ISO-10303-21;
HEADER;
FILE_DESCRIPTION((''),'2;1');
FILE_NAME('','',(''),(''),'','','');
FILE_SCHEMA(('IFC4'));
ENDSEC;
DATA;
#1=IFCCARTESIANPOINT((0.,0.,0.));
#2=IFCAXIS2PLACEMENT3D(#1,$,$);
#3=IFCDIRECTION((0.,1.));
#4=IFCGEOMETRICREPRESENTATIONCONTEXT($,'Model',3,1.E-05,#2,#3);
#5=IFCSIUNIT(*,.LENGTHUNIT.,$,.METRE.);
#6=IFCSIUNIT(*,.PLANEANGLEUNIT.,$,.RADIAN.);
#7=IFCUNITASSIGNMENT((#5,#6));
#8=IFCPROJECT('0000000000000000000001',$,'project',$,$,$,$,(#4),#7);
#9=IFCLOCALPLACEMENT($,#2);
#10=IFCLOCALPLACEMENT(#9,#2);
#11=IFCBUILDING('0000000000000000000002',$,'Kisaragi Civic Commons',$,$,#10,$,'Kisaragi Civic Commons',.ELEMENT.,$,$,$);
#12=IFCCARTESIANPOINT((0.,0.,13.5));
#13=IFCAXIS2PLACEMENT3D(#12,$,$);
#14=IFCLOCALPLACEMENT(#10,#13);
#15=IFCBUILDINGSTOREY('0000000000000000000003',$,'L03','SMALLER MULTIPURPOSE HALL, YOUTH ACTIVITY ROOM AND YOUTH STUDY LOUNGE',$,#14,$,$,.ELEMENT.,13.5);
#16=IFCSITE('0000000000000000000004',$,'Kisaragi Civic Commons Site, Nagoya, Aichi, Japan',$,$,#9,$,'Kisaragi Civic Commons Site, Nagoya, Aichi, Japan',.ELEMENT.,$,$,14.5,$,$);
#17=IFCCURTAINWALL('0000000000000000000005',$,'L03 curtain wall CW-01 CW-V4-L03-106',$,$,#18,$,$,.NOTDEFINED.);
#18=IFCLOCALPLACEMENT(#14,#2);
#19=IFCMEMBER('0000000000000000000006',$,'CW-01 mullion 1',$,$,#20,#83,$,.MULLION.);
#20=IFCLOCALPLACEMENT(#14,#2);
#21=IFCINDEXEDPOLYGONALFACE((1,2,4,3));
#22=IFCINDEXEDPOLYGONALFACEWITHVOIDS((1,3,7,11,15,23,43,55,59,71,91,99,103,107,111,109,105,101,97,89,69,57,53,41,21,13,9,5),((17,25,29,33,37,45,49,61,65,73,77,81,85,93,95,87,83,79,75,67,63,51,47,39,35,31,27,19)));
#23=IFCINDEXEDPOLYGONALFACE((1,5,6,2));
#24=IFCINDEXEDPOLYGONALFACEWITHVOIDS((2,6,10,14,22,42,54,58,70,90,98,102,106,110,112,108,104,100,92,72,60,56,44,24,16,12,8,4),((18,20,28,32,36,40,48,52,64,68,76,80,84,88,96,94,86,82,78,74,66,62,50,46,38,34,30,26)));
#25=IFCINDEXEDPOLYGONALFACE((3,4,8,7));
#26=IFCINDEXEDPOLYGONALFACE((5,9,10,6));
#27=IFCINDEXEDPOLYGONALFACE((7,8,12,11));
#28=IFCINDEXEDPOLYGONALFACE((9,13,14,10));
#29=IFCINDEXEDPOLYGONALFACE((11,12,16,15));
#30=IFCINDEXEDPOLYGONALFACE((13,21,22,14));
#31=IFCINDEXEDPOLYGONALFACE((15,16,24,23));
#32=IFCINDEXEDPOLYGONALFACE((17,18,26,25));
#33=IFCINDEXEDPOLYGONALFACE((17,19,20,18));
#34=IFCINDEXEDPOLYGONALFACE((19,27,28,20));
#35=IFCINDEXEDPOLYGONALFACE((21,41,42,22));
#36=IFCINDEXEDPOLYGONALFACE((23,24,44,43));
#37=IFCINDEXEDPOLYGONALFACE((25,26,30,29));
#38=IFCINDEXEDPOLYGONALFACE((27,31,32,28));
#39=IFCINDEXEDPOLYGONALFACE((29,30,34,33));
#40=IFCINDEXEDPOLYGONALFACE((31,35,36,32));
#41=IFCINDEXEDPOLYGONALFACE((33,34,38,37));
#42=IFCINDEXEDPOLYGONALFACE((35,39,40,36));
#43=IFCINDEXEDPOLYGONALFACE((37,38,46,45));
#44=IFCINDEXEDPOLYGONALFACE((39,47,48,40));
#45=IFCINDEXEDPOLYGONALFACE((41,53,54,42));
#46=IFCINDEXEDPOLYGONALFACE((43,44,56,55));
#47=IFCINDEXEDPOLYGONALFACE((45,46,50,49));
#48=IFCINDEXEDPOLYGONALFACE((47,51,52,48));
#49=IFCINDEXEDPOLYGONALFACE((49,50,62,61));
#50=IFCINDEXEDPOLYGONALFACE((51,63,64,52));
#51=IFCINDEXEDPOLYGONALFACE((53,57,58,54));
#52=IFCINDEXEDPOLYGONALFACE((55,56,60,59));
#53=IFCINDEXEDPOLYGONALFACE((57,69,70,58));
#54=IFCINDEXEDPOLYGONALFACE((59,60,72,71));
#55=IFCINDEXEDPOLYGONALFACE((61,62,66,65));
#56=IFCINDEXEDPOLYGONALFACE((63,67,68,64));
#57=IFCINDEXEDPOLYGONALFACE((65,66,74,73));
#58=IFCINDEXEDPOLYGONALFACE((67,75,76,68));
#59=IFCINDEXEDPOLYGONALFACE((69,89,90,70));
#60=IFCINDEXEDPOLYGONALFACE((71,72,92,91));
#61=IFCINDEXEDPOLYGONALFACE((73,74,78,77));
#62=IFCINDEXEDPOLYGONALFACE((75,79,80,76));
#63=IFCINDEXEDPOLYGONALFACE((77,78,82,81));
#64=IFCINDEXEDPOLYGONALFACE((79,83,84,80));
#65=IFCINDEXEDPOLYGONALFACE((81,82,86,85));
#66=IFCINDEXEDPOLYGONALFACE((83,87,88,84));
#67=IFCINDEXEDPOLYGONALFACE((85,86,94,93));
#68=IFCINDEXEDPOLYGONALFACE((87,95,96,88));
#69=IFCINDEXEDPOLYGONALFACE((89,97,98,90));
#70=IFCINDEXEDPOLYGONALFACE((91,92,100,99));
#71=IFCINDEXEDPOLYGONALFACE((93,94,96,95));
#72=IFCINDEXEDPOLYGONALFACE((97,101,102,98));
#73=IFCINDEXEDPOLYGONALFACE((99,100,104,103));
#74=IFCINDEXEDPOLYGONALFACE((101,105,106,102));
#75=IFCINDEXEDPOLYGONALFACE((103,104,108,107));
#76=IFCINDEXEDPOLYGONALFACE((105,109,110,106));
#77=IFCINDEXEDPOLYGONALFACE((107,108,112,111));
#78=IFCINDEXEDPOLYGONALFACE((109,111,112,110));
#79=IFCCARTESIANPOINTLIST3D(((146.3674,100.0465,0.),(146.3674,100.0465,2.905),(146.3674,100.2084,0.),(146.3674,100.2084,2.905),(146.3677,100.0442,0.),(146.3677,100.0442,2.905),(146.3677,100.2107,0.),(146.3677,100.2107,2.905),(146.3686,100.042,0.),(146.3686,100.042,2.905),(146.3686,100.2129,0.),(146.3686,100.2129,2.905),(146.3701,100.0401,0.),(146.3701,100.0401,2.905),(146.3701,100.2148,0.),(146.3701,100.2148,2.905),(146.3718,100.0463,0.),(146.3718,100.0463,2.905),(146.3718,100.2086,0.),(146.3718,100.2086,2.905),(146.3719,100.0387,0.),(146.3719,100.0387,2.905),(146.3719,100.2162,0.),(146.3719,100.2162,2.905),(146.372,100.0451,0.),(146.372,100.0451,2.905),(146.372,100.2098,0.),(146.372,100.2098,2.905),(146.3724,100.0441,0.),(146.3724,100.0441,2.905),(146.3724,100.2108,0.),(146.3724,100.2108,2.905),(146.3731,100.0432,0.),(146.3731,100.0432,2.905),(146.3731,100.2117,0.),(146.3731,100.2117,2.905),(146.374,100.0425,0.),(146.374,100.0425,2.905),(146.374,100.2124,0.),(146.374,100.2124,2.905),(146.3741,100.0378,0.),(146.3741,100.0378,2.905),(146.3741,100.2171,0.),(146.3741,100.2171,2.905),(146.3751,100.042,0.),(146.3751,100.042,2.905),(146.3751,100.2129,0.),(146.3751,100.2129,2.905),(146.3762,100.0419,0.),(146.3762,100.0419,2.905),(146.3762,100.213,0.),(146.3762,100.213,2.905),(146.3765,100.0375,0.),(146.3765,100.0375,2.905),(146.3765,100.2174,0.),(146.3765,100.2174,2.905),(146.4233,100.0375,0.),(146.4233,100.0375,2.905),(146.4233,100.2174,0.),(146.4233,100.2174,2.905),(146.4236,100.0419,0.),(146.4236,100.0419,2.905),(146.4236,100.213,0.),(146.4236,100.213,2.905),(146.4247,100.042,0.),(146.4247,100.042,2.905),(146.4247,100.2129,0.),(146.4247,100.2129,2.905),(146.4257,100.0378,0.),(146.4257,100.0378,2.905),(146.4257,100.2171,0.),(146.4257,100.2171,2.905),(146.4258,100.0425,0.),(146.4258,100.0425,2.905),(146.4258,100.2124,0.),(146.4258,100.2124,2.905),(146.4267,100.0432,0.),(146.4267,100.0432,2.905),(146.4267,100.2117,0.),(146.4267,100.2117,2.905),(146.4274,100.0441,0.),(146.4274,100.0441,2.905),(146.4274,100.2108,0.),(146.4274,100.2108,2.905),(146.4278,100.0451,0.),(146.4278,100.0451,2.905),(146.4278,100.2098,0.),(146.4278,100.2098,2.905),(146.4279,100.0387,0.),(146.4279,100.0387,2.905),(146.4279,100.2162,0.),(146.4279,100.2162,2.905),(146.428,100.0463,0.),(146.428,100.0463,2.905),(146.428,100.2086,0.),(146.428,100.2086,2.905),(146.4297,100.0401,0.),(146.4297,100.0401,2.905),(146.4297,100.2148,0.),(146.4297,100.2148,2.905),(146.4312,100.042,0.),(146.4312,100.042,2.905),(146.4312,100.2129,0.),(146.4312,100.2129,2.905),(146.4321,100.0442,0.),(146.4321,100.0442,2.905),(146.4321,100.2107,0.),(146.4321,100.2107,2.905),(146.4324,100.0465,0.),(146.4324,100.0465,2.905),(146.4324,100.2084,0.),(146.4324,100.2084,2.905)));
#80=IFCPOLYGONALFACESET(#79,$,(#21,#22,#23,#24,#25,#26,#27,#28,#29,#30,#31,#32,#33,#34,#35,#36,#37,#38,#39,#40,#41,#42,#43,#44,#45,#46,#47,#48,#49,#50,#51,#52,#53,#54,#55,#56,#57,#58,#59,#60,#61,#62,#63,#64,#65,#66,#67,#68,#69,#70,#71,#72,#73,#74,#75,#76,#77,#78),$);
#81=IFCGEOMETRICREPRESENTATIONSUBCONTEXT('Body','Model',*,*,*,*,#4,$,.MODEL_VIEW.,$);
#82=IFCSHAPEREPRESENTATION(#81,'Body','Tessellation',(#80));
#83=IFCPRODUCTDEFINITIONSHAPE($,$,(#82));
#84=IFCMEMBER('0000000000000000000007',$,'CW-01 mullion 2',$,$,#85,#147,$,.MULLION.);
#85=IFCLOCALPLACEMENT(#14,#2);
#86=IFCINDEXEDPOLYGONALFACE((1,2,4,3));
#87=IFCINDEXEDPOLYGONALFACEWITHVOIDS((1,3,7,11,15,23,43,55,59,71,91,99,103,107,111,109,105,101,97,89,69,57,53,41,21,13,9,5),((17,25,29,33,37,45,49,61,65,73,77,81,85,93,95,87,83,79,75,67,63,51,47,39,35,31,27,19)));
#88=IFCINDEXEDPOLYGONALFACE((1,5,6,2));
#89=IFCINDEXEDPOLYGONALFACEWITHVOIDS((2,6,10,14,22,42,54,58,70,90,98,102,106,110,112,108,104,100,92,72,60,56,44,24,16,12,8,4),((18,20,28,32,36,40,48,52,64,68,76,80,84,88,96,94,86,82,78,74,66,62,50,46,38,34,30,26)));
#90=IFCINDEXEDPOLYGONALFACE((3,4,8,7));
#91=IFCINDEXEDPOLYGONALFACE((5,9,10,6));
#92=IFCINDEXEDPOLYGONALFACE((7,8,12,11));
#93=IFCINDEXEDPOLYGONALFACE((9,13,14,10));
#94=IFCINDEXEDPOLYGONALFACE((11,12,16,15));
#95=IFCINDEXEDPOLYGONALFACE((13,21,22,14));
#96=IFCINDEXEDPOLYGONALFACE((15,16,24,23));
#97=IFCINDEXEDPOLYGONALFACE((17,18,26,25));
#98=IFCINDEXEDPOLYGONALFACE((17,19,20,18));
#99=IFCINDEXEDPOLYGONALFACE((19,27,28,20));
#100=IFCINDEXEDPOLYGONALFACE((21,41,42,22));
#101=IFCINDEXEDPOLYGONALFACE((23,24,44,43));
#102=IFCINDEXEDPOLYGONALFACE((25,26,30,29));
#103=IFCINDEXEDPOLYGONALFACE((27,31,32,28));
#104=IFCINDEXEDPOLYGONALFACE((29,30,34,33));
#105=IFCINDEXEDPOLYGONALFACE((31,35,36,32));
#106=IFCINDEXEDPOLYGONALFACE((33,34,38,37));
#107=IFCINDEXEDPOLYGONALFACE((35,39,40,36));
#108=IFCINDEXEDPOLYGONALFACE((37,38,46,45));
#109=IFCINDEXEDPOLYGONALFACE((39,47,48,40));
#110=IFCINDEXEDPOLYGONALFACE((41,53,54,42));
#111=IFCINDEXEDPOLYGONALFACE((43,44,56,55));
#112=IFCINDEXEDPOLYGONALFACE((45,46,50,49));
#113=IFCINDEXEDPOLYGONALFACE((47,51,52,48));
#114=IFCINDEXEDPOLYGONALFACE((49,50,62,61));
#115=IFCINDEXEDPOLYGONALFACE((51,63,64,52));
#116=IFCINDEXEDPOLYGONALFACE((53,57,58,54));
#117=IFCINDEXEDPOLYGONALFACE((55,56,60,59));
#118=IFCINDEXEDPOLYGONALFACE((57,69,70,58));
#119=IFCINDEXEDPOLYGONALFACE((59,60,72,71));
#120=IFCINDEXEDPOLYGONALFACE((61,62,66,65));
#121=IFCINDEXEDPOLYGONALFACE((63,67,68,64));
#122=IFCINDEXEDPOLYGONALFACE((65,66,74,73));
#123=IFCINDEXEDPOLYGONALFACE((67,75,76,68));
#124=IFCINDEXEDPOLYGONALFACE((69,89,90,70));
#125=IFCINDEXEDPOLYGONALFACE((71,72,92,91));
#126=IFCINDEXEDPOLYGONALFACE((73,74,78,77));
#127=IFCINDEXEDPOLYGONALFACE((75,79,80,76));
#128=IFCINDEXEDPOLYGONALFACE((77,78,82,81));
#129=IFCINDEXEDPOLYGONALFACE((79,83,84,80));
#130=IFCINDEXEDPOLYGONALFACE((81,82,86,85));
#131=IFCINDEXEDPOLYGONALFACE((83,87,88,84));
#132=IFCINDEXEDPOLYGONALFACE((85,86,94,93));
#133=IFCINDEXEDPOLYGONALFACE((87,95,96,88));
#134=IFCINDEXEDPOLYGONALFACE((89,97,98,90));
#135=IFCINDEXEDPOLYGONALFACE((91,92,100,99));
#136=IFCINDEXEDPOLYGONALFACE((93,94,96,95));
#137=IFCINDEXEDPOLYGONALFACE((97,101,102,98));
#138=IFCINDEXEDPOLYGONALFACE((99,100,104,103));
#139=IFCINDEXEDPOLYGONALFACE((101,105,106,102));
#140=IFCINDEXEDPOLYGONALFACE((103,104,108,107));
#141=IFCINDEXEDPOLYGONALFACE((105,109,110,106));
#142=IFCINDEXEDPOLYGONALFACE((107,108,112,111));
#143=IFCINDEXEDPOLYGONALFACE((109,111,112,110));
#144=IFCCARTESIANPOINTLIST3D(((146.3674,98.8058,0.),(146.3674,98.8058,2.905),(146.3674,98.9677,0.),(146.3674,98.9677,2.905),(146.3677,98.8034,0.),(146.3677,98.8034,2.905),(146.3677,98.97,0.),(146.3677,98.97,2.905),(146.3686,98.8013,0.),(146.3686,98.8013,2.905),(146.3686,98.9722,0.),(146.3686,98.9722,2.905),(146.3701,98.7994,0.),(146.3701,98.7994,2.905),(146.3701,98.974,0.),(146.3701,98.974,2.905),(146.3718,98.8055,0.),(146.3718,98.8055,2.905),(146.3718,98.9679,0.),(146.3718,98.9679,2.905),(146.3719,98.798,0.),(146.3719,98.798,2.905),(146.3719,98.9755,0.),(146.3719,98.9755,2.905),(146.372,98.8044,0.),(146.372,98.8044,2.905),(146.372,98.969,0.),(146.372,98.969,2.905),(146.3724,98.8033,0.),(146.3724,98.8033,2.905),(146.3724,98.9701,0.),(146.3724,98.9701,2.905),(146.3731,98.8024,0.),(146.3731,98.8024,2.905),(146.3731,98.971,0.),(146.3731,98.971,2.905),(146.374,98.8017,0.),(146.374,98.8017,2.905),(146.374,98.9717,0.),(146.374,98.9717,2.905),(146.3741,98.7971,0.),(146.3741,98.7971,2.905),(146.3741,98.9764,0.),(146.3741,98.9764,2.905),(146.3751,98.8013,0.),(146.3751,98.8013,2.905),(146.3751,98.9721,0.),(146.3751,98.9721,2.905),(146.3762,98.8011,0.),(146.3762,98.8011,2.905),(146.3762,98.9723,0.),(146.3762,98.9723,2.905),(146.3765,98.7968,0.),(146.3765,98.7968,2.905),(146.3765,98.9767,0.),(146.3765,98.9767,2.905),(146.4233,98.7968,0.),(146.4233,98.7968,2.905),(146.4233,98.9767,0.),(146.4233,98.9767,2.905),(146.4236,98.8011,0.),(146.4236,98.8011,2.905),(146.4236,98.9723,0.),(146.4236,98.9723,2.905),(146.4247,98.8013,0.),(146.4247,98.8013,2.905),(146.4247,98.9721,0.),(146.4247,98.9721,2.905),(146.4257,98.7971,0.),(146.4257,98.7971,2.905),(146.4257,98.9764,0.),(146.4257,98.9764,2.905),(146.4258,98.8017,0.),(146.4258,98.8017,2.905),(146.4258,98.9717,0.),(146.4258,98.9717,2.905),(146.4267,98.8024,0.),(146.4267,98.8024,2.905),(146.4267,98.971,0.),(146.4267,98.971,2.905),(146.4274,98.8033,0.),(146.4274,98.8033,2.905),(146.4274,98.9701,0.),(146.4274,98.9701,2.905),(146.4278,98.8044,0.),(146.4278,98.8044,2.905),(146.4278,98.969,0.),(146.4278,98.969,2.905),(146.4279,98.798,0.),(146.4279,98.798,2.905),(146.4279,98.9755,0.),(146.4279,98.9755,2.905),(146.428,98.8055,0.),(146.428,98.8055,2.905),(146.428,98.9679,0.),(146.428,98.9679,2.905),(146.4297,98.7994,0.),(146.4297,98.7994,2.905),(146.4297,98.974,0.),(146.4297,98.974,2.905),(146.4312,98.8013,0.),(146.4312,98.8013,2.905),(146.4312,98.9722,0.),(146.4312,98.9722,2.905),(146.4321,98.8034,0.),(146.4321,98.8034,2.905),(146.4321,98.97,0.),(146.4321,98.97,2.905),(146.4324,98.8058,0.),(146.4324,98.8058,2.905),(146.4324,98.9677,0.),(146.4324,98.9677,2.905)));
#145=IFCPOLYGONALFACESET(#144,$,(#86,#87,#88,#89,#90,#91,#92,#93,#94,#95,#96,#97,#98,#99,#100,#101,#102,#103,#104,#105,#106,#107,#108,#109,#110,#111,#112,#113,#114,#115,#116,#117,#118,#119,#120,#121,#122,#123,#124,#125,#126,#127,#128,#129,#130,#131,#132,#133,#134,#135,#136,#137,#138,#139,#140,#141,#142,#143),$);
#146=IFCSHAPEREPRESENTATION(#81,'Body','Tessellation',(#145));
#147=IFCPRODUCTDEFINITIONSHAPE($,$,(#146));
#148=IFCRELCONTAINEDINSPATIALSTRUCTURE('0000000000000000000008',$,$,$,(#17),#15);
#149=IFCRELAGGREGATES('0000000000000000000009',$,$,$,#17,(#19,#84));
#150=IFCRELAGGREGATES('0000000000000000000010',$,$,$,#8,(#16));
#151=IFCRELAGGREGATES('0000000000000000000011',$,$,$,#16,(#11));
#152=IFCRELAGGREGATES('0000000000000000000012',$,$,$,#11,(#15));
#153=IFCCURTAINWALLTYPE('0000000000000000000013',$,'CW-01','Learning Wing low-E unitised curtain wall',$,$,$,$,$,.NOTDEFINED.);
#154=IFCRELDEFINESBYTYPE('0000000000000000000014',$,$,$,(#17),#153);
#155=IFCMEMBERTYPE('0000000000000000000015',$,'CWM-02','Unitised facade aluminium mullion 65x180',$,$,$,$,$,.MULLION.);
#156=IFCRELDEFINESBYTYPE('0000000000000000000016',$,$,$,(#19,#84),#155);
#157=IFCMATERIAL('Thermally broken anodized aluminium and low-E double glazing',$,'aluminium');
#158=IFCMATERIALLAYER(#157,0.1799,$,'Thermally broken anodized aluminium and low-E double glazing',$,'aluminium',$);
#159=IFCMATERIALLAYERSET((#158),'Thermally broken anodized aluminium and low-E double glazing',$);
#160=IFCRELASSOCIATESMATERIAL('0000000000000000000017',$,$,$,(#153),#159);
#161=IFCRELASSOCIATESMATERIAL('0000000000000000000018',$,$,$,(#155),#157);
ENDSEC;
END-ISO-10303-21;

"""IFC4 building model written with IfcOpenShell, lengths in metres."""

from ifc_helpers import new_model, si_unit, direction, frame, origin, origin_2d, place, context, subcontext, project, spatial, hollow_rectangle, extrude, material, layer, layer_set, material_profile, profile_set, type_object, element, aggregate, save


model = new_model("IFC4")

# Units and contexts
model_context = context("Model", 3, precision=1e-05, world=origin(), true_north=direction((0.0, 1.0)))
body_context = subcontext(model_context, "Body", "Model", "MODEL_VIEW")
ifc_project = project(units=[si_unit("LENGTHUNIT", "METRE"), si_unit("PLANEANGLEUNIT", "RADIAN")], contexts=[model_context])

# Site, building, storey
site_placement = place(None, origin())
site = spatial("IfcSite", under=ifc_project, at=site_placement, Name="Kisaragi Civic Commons Site, Nagoya, Aichi, Japan", LongName="Kisaragi Civic Commons Site, Nagoya, Aichi, Japan", CompositionType="ELEMENT", RefElevation=14.5)
building_placement = place(site_placement, origin())
building = spatial("IfcBuilding", under=site, at=building_placement, Name="Kisaragi Civic Commons", LongName="Kisaragi Civic Commons", CompositionType="ELEMENT")
storey_placement = place(building_placement, frame((0.0, 0.0, 13.5)))
storey = spatial("IfcBuildingStorey", under=building, at=storey_placement, Name="L03", Description="SMALLER MULTIPURPOSE HALL, YOUTH ACTIVITY ROOM AND YOUTH STUDY LOUNGE", CompositionType="ELEMENT", Elevation=13.5)

# Curtain wall, members
ifc_material = material(Name="Thermally broken anodized aluminium and low-E double glazing", Category="aluminium")
ifc_layer_1 = layer(ifc_material, 0.1799, Name="Thermally broken anodized aluminium and low-E double glazing", Category="aluminium")
ifc_layer_set_1 = layer_set([ifc_layer_1], Name="Thermally broken anodized aluminium and low-E double glazing")
curtain_wall_type = type_object("IfcCurtainWallType", Name="CW-01", Description="Learning Wing low-E unitised curtain wall", PredefinedType="NOTDEFINED", material=ifc_layer_set_1)
curtain_wall_placement = place(storey_placement, origin())
curtain_wall = element("IfcCurtainWall", 1, at=curtain_wall_placement, inside=storey, type_object=curtain_wall_type, Name="L03 curtain wall CW-01 CW-V4-L03-106", PredefinedType="NOTDEFINED")
ifc_material_profile_1 = material_profile(ifc_material, hollow_rectangle(XDim=0.0649, YDim=0.1799, WallThickness=0.0044, InnerFilletRadius=0.0044, OuterFilletRadius=0.009, at=origin_2d()), Name="CWM-65x180x4.5", Category="aluminium")
ifc_profile_set_1 = profile_set([ifc_material_profile_1], Name="Thermally broken anodized aluminium and low-E double glazing")
member_type_1 = type_object("IfcMemberType", Name="CWM-02", Description="Unitised facade aluminium mullion 65x180", PredefinedType="MULLION", material=ifc_profile_set_1)
member_1_placement = place(storey_placement, frame((146.3999, 100.1274, 0.0), z_axis=(0.0, 0.0, 1.0), x_axis=(1.0, 0.0, 0.0)))
member_1 = element("IfcMember", 2, at=member_1_placement, type_object=member_type_1, Name="CW-01 mullion 1", PredefinedType="MULLION", context=body_context, shape_type="SweptSolid", body=[
    extrude(hollow_rectangle(XDim=0.0649, YDim=0.1799, WallThickness=0.0044, InnerFilletRadius=0.0044, OuterFilletRadius=0.009, at=origin_2d()), origin(), (0.0, 0.0, 1.0), 2.905),
])
member_2_placement = place(storey_placement, frame((146.3999, 98.8867, 0.0), z_axis=(0.0, 0.0, 1.0), x_axis=(1.0, 0.0, 0.0)))
member_2 = element("IfcMember", 3, at=member_2_placement, type_object=member_type_1, Name="CW-01 mullion 2", PredefinedType="MULLION", context=body_context, shape_type="SweptSolid", body=[
    extrude(hollow_rectangle(XDim=0.0649, YDim=0.1799, WallThickness=0.0044, InnerFilletRadius=0.0044, OuterFilletRadius=0.009, at=origin_2d()), origin(), (0.0, 0.0, 1.0), 2.905),
])
aggregate(curtain_wall, [member_1, member_2])

save(model, "model.ifc")
